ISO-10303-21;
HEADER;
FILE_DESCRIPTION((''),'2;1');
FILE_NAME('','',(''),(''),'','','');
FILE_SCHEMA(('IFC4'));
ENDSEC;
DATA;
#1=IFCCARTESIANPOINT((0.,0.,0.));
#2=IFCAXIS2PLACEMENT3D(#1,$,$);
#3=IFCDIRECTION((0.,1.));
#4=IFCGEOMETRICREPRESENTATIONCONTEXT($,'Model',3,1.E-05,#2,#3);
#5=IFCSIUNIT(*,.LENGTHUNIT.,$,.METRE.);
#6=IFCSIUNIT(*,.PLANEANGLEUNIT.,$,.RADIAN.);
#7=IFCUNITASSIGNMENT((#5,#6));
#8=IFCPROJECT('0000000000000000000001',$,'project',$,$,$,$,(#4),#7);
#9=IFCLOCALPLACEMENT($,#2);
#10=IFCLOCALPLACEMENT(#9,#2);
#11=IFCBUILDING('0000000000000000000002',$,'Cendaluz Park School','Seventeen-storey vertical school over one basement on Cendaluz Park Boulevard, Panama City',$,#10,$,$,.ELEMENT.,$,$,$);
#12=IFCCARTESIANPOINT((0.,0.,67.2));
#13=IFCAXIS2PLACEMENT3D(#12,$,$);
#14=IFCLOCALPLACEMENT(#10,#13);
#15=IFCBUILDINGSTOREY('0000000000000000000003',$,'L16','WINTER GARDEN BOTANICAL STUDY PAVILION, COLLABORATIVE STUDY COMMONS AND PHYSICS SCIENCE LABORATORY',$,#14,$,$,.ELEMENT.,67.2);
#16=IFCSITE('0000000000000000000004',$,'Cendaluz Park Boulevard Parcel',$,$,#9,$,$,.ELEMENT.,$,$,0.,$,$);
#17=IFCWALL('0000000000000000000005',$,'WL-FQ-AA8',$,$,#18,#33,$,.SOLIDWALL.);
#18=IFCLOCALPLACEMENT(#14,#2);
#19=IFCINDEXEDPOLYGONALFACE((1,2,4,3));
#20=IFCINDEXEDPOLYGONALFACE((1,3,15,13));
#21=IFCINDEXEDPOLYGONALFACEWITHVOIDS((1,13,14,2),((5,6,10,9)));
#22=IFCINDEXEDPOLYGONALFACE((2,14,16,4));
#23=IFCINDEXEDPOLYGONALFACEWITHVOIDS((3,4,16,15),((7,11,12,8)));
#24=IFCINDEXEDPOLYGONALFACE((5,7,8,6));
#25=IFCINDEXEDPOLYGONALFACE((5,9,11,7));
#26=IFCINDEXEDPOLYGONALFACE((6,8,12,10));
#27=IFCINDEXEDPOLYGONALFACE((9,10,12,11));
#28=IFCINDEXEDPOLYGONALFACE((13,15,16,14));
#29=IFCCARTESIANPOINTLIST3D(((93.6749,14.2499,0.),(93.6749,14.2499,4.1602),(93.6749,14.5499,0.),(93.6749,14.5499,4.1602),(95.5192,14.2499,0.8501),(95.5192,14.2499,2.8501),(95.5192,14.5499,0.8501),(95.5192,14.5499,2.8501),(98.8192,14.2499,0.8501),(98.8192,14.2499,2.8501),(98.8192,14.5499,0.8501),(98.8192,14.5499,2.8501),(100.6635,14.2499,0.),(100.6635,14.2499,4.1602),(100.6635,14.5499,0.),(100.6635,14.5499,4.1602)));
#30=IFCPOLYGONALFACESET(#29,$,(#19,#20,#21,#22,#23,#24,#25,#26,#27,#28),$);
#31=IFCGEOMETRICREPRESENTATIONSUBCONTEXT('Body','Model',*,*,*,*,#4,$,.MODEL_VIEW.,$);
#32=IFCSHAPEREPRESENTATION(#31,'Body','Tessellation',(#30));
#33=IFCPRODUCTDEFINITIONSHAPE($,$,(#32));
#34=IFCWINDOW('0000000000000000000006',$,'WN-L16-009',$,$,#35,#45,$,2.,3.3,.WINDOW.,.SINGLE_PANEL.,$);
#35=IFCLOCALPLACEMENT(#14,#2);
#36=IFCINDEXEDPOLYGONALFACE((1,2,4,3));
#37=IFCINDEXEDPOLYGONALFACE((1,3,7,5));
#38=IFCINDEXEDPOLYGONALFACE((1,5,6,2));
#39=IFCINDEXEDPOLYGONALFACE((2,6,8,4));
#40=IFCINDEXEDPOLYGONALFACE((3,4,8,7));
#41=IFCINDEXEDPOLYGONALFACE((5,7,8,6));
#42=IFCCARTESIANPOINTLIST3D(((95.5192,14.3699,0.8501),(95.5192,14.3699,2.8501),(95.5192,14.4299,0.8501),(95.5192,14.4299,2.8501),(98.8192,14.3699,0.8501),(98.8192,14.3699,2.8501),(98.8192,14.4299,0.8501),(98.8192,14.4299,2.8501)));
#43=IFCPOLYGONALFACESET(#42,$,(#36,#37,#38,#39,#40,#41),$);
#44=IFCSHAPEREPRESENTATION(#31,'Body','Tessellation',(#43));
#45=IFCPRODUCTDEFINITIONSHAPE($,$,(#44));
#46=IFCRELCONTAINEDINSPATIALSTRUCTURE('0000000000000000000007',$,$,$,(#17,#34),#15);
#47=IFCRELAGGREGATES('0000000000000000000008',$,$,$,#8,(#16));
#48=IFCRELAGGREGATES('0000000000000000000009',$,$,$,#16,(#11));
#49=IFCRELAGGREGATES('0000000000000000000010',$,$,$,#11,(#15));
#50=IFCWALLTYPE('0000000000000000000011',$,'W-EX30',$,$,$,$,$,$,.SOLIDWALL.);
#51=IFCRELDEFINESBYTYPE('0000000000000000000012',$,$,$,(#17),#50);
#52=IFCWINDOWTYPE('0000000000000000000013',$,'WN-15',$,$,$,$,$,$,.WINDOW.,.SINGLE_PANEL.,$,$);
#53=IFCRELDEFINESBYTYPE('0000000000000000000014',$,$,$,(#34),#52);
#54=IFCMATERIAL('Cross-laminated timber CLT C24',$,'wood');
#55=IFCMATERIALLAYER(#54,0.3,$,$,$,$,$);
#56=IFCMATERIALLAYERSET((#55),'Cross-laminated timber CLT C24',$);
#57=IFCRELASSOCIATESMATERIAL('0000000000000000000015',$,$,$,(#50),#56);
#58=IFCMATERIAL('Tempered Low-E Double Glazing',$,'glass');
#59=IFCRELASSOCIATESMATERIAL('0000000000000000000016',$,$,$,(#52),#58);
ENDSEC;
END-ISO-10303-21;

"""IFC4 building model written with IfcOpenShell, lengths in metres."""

from ifc_helpers import new_model, si_unit, direction, frame, frame_2d, origin, place, context, subcontext, project, spatial, rectangle, extrude, material, layer, layer_set, type_object, element, fill, save


model = new_model("IFC4")

# Units and contexts
model_context = context("Model", 3, precision=1e-05, world=origin(), true_north=direction((0.0, 1.0)))
body_context = subcontext(model_context, "Body", "Model", "MODEL_VIEW")
ifc_project = project(units=[si_unit("LENGTHUNIT", "METRE"), si_unit("PLANEANGLEUNIT", "RADIAN")], contexts=[model_context])

# Site, building, storey
site_placement = place(None, origin())
site = spatial("IfcSite", under=ifc_project, at=site_placement, Name="Cendaluz Park Boulevard Parcel", CompositionType="ELEMENT", RefElevation=0.0)
building_placement = place(site_placement, origin())
building = spatial("IfcBuilding", under=site, at=building_placement, Name="Cendaluz Park School", Description="Seventeen-storey vertical school over one basement on Cendaluz Park Boulevard, Panama City", CompositionType="ELEMENT")
storey_placement = place(building_placement, frame((0.0, 0.0, 67.2)))
storey = spatial("IfcBuildingStorey", under=building, at=storey_placement, Name="L16", Description="WINTER GARDEN BOTANICAL STUDY PAVILION, COLLABORATIVE STUDY COMMONS AND PHYSICS SCIENCE LABORATORY", CompositionType="ELEMENT", Elevation=67.2)

# Wall, opening, window
ifc_material_1 = material(Name="Cross-laminated timber CLT C24", Category="wood")
ifc_layer_1 = layer(ifc_material_1, 0.3)
ifc_layer_set_1 = layer_set([ifc_layer_1], Name="Cross-laminated timber CLT C24")
wall_type_1 = type_object("IfcWallType", Name="W-EX30", PredefinedType="SOLIDWALL", material=ifc_layer_set_1)
ifc_material_2 = material(Name="Tempered Low-E Double Glazing", Category="glass")
wall_1_placement = place(storey_placement, frame((93.675, 14.3999, 0.0), z_axis=(0.0, 0.0, 1.0), x_axis=(1.0, 0.0, 0.0)))
wall_1 = element("IfcWall", 1, at=wall_1_placement, inside=storey, type_object=wall_type_1, Name="WL-FQ-AA8", PredefinedType="SOLIDWALL", context=body_context, shape_type="SweptSolid", body=[
    extrude(rectangle(XDim=6.9885, YDim=0.3, at=frame_2d((3.4941, 0.0))), origin(), (0.0, 0.0, 1.0), 4.1602),
])
opening_1_placement = place(wall_1_placement, frame((1.8442, 0.0, 0.8501)))
opening_1 = element("IfcOpeningElement", 2, at=opening_1_placement, cuts=wall_1, PredefinedType="OPENING", context=body_context, shape_type="SweptSolid", body=[
    extrude(rectangle(XDim=3.3, YDim=2.0, at=frame_2d((1.6499, 1.0))), frame((0.0, 0.1621, 0.0), z_axis=(0.0, -1.0, 0.0), x_axis=(1.0, 0.0, 0.0)), (0.0, 0.0, 1.0), 0.324),
])
window_type_1 = type_object("IfcWindowType", Name="WN-15", PartitioningType="SINGLE_PANEL", PredefinedType="WINDOW", material=ifc_material_2)
window_1_placement = place(opening_1_placement, origin())
window_1 = element("IfcWindow", 3, at=window_1_placement, inside=storey, type_object=window_type_1, Name="WN-L16-009", OverallHeight=2.0, OverallWidth=3.3, PartitioningType="SINGLE_PANEL", PredefinedType="WINDOW", context=body_context, shape_type="SweptSolid", body=[
    extrude(rectangle(XDim=3.3, YDim=2.0, at=frame_2d((1.6499, 1.0))), frame((0.0, 0.03, 0.0), z_axis=(0.0, -1.0, 0.0), x_axis=(1.0, 0.0, 0.0)), (0.0, 0.0, 1.0), 0.0601),
])
fill(opening_1, window_1)

save(model, "model.ifc")
